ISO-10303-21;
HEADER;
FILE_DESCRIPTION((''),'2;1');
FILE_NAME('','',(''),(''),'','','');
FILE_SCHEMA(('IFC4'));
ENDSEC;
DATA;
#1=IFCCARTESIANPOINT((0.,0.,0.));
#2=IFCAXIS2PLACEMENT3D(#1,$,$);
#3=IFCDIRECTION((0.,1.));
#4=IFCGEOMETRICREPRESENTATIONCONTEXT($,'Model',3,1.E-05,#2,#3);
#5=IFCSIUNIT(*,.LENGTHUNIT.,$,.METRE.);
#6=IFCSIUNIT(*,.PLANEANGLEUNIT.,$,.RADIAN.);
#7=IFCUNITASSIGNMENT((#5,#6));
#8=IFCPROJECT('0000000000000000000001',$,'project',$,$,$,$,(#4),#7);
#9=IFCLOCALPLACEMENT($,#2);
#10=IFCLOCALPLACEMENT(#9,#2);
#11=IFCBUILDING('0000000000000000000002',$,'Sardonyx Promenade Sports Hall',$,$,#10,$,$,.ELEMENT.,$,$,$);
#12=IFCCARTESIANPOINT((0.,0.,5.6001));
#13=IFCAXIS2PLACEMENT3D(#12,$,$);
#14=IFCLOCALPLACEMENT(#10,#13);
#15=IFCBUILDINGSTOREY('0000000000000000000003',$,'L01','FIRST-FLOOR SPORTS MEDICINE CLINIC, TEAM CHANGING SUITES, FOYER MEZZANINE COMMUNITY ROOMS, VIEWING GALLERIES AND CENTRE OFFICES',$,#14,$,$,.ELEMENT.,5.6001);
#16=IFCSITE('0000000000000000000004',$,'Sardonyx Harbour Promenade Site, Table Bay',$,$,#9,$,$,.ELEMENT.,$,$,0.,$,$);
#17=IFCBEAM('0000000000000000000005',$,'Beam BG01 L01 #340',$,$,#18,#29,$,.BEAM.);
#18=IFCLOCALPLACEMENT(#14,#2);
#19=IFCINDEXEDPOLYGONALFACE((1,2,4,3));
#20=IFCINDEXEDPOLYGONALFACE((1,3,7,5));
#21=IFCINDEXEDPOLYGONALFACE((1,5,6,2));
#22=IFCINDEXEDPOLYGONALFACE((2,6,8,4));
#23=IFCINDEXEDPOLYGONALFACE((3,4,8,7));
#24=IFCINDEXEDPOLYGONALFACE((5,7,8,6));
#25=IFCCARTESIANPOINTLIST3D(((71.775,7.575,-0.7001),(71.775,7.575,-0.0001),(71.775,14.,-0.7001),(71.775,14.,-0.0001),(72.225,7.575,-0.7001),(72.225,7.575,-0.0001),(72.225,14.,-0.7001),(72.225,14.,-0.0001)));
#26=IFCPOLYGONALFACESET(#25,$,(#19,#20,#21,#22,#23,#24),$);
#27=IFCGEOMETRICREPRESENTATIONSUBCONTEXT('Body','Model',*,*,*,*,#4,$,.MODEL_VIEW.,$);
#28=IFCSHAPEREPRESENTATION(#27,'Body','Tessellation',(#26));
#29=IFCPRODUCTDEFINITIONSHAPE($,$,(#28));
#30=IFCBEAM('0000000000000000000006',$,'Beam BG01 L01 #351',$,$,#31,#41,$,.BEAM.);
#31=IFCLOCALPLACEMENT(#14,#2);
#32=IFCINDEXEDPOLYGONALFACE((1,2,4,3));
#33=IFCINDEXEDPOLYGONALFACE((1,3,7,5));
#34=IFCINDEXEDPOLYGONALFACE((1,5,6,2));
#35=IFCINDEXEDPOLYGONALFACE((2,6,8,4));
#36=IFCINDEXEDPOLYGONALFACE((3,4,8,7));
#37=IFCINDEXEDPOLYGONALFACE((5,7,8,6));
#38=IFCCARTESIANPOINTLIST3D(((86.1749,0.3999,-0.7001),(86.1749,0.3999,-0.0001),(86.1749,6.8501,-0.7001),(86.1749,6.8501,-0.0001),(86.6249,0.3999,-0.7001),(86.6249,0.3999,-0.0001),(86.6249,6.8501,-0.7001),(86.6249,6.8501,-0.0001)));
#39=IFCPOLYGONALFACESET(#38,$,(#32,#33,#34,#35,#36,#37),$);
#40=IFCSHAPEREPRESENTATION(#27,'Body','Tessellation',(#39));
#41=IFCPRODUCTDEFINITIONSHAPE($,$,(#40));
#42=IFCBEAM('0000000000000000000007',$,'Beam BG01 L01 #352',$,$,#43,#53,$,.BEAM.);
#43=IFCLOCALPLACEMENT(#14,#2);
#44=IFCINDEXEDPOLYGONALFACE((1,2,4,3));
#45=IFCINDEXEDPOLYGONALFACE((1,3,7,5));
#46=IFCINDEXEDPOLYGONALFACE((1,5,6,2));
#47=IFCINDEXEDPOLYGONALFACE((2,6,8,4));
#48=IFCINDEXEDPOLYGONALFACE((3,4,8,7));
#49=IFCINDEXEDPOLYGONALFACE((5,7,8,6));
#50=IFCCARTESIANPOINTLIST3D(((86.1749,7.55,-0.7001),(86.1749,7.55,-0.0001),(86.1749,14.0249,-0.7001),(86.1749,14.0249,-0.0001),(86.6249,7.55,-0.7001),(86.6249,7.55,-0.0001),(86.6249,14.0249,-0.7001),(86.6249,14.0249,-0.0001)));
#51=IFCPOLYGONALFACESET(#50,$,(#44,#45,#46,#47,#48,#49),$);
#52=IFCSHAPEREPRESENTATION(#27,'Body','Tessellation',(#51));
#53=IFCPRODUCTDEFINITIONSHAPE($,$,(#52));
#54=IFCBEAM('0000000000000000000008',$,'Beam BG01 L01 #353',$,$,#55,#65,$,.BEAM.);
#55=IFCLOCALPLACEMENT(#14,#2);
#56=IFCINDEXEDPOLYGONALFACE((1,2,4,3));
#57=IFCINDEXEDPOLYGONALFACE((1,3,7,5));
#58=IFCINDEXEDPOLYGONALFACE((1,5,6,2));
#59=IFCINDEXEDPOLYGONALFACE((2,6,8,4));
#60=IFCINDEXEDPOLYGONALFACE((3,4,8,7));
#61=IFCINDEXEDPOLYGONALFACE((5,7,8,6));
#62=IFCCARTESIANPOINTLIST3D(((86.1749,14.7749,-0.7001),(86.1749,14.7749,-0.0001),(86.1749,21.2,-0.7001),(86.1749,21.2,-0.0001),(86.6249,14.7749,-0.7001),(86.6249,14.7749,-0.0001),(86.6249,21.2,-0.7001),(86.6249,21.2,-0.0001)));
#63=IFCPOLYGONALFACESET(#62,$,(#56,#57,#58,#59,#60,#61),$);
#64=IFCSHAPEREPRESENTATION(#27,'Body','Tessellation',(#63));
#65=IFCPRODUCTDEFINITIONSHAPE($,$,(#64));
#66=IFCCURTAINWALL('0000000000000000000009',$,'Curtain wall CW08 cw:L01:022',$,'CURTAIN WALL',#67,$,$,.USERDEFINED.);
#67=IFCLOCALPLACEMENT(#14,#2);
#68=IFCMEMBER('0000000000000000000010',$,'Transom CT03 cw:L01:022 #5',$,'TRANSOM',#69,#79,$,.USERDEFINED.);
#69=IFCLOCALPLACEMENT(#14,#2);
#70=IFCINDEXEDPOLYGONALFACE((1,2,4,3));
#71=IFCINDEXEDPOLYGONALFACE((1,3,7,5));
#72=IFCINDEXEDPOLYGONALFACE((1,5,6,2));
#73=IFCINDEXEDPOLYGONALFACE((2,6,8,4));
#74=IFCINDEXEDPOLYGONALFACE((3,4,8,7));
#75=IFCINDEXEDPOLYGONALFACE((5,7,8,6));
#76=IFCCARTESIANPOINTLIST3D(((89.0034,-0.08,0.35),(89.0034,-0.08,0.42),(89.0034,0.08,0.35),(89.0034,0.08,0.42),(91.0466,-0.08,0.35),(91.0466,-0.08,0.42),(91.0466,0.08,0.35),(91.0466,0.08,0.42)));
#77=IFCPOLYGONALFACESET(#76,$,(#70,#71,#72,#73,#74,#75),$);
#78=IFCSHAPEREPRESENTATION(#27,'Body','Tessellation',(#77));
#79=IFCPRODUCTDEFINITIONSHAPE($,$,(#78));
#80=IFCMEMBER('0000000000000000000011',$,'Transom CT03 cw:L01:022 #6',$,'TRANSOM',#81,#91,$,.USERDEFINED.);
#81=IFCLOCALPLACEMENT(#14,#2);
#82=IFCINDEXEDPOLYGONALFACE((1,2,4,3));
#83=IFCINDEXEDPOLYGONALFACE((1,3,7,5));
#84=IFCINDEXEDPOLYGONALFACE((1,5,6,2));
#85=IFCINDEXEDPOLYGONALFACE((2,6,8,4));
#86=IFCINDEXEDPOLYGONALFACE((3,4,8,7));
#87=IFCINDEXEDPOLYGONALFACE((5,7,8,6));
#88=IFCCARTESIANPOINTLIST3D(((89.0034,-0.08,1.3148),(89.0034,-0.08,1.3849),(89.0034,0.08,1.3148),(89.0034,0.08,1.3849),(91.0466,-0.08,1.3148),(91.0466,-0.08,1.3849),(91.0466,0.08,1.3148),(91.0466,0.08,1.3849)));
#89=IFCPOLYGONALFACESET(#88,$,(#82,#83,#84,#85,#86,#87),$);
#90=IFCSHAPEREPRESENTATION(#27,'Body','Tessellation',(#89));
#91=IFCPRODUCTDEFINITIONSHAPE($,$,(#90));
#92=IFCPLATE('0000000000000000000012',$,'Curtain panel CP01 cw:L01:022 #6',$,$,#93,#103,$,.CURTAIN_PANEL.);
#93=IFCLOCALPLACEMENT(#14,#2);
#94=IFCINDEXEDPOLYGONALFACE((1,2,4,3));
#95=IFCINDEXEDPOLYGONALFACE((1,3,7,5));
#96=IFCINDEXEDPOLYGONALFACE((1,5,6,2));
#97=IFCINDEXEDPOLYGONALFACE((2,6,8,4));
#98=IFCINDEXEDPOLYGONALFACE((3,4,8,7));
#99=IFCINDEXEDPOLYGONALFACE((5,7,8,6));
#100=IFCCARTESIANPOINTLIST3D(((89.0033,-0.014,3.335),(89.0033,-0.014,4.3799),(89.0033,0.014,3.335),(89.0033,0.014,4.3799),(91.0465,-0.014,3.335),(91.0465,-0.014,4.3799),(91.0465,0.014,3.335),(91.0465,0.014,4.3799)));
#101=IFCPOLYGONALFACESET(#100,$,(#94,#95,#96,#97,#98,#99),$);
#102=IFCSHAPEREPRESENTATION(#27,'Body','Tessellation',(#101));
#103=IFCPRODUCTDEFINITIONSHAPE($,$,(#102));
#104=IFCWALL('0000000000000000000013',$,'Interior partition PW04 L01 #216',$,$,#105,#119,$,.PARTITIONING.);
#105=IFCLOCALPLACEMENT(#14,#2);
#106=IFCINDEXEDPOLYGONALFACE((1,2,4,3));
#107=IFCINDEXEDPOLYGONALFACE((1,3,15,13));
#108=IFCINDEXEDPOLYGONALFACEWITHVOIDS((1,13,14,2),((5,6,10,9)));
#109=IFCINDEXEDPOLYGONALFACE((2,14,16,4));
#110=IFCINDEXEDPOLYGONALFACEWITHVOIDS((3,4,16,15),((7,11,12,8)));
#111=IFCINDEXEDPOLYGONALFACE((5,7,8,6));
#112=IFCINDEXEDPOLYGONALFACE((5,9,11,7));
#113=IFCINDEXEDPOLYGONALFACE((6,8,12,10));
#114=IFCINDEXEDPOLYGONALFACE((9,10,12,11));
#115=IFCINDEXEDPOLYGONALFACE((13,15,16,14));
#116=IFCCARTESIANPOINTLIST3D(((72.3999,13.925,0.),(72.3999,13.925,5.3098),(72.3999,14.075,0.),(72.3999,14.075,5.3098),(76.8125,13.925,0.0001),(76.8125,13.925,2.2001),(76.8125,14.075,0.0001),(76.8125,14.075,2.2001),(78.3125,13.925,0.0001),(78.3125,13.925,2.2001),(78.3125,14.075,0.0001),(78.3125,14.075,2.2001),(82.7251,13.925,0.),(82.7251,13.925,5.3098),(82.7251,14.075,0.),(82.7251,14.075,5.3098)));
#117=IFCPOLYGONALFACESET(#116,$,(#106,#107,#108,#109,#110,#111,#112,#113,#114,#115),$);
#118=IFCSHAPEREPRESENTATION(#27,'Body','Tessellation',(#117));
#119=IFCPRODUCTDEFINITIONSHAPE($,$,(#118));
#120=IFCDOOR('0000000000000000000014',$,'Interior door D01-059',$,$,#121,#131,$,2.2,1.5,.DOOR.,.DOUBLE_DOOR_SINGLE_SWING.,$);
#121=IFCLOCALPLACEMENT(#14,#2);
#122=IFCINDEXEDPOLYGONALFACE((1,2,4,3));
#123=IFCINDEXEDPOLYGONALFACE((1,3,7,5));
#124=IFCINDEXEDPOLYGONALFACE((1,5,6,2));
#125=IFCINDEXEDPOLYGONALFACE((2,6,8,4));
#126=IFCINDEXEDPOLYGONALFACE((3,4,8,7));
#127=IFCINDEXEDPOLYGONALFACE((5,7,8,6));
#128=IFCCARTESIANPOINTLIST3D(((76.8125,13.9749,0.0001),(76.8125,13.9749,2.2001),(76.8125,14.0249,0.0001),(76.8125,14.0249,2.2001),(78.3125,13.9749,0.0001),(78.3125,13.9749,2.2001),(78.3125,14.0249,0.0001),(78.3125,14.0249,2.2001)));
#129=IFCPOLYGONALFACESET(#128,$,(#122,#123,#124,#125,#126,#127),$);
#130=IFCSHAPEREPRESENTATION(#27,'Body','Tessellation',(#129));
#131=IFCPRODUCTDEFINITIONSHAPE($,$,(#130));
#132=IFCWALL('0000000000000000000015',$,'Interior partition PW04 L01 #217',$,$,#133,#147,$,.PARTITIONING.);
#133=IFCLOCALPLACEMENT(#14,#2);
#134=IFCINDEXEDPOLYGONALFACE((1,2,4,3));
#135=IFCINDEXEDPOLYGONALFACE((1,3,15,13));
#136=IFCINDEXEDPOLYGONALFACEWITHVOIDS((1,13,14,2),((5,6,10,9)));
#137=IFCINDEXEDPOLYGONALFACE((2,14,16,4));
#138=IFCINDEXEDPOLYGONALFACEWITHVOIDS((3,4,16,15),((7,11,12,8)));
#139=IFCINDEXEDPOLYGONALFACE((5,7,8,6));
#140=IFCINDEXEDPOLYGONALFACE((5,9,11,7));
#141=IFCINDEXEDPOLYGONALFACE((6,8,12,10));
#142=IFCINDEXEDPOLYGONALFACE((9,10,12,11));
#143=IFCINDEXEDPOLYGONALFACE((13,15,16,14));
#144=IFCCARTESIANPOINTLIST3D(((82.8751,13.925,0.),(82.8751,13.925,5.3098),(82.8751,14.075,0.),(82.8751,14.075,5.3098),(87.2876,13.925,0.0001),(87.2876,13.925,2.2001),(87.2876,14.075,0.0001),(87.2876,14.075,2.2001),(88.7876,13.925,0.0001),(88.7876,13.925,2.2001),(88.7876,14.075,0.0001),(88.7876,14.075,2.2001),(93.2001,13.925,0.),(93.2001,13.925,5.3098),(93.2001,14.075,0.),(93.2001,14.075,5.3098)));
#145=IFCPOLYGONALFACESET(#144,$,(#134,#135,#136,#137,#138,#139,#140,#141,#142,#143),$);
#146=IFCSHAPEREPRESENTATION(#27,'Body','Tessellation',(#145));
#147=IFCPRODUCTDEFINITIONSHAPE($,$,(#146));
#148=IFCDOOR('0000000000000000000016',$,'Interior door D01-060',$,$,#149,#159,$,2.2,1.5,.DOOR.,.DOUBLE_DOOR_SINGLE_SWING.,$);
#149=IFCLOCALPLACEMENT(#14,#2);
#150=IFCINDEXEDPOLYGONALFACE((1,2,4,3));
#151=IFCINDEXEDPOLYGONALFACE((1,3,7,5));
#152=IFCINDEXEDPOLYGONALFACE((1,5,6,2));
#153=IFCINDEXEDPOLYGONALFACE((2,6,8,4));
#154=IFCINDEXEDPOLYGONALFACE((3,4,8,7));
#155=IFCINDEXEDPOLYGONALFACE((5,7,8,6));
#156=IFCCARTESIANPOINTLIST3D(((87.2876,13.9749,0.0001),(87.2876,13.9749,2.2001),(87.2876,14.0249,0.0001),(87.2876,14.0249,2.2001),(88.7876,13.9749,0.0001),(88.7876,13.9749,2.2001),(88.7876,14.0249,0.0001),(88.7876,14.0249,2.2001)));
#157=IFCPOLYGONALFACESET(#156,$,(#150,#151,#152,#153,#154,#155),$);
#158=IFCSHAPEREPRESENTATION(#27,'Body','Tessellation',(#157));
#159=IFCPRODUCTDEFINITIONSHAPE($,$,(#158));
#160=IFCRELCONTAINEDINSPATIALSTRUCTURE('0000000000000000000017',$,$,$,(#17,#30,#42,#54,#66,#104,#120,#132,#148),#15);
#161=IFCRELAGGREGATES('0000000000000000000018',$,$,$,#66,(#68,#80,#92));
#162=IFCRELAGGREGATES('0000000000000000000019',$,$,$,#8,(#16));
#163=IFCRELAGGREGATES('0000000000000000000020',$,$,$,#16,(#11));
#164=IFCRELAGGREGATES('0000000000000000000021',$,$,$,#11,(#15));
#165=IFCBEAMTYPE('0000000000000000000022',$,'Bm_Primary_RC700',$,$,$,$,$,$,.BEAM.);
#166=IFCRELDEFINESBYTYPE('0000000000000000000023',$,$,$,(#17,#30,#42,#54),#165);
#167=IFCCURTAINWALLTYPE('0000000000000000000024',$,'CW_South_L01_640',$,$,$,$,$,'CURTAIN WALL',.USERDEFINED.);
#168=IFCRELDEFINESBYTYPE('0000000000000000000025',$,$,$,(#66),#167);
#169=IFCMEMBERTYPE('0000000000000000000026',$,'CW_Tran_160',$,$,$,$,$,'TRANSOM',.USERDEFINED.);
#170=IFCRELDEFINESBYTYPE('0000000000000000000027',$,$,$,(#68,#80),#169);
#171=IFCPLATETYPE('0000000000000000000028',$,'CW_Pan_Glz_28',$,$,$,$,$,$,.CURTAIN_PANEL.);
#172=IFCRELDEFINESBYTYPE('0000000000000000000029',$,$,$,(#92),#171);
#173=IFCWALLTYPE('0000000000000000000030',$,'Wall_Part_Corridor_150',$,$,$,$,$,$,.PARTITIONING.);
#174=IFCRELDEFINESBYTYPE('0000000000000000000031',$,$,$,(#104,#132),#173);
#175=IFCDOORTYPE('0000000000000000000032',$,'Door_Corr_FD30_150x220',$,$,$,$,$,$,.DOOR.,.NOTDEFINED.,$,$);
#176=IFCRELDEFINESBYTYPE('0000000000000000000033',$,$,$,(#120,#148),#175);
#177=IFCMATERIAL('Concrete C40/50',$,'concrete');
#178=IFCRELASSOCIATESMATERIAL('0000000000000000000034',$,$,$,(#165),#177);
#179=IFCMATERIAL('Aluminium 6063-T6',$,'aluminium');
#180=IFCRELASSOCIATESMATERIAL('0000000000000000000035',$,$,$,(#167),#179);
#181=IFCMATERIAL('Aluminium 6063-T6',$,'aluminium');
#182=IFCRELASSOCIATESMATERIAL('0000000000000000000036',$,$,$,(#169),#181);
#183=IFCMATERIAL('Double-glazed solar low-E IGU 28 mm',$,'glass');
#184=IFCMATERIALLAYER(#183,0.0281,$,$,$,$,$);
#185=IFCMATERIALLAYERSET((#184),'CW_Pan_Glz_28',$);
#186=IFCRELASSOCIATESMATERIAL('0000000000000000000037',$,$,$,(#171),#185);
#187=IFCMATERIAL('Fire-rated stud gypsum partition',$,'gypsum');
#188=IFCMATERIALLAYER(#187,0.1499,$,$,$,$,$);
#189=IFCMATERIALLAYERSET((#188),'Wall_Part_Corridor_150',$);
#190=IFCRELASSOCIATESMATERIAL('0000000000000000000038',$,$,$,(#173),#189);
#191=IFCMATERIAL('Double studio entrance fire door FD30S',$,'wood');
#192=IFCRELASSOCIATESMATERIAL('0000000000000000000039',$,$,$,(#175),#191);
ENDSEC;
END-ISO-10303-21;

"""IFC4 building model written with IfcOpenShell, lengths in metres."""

from ifc_helpers import new_model, si_unit, direction, frame, frame_2d, origin, origin_2d, place, context, subcontext, project, spatial, rectangle, extrude, material, layer, layer_set, material_profile, profile_set, type_object, element, fill, aggregate, save


model = new_model("IFC4")

# Units and contexts
model_context = context("Model", 3, precision=1e-05, world=origin(), true_north=direction((0.0, 1.0)))
body_context = subcontext(model_context, "Body", "Model", "MODEL_VIEW")
ifc_project = project(units=[si_unit("LENGTHUNIT", "METRE"), si_unit("PLANEANGLEUNIT", "RADIAN")], contexts=[model_context])

# Site, building, storey
site_placement = place(None, origin())
site = spatial("IfcSite", under=ifc_project, at=site_placement, Name="Sardonyx Harbour Promenade Site, Table Bay", CompositionType="ELEMENT", RefElevation=0.0)
building_placement = place(site_placement, origin())
building = spatial("IfcBuilding", under=site, at=building_placement, Name="Sardonyx Promenade Sports Hall", CompositionType="ELEMENT")
storey_placement = place(building_placement, frame((0.0, 0.0, 5.6001)))
storey = spatial("IfcBuildingStorey", under=building, at=storey_placement, Name="L01", Description="FIRST-FLOOR SPORTS MEDICINE CLINIC, TEAM CHANGING SUITES, FOYER MEZZANINE COMMUNITY ROOMS, VIEWING GALLERIES AND CENTRE OFFICES", CompositionType="ELEMENT", Elevation=5.6001)

# Beams
ifc_material_1 = material(Name="Concrete C40/50", Category="concrete")
ifc_material_profile_1 = material_profile(ifc_material_1, rectangle(XDim=0.45, YDim=0.7, at=origin_2d()))
ifc_profile_set_1 = profile_set([ifc_material_profile_1], Name="Concrete C40/50")
beam_type_1 = type_object("IfcBeamType", Name="Bm_Primary_RC700", PredefinedType="BEAM", material=ifc_profile_set_1)
beam_1_placement = place(storey_placement, frame((72.0, 7.575, -0.3501), z_axis=(0.0, 1.0, 0.0), x_axis=(-1.0, 0.0, 0.0)))
element("IfcBeam", 1, at=beam_1_placement, inside=storey, type_object=beam_type_1, Name="Beam BG01 L01 #340", PredefinedType="BEAM", context=body_context, shape_type="SweptSolid", body=[
    extrude(rectangle(XDim=0.45, YDim=0.7, at=origin_2d()), origin(), (0.0, 0.0, 1.0), 6.425),
])
beam_2_placement = place(storey_placement, frame((86.3999, 0.3999, -0.3501), z_axis=(0.0, 1.0, 0.0), x_axis=(-1.0, 0.0, 0.0)))
element("IfcBeam", 2, at=beam_2_placement, inside=storey, type_object=beam_type_1, Name="Beam BG01 L01 #351", PredefinedType="BEAM", context=body_context, shape_type="SweptSolid", body=[
    extrude(rectangle(XDim=0.45, YDim=0.7, at=origin_2d()), origin(), (0.0, 0.0, 1.0), 6.4502),
])
beam_3_placement = place(storey_placement, frame((86.3999, 7.55, -0.3501), z_axis=(0.0, 1.0, 0.0), x_axis=(-1.0, 0.0, 0.0)))
element("IfcBeam", 3, at=beam_3_placement, inside=storey, type_object=beam_type_1, Name="Beam BG01 L01 #352", PredefinedType="BEAM", context=body_context, shape_type="SweptSolid", body=[
    extrude(rectangle(XDim=0.45, YDim=0.7, at=origin_2d()), origin(), (0.0, 0.0, 1.0), 6.4749),
])
beam_4_placement = place(storey_placement, frame((86.3999, 14.7749, -0.3501), z_axis=(0.0, 1.0, 0.0), x_axis=(-1.0, 0.0, 0.0)))
element("IfcBeam", 4, at=beam_4_placement, inside=storey, type_object=beam_type_1, Name="Beam BG01 L01 #353", PredefinedType="BEAM", context=body_context, shape_type="SweptSolid", body=[
    extrude(rectangle(XDim=0.45, YDim=0.7, at=origin_2d()), origin(), (0.0, 0.0, 1.0), 6.425),
])

# Curtain wall, members, plate
ifc_material_2 = material(Name="Aluminium 6063-T6", Category="aluminium")
curtain_wall_type = type_object("IfcCurtainWallType", Name="CW_South_L01_640", ElementType="CURTAIN WALL", PredefinedType="USERDEFINED", material=ifc_material_2)
curtain_wall_placement = place(storey_placement, origin())
curtain_wall = element("IfcCurtainWall", 5, at=curtain_wall_placement, inside=storey, type_object=curtain_wall_type, Name="Curtain wall CW08 cw:L01:022", ObjectType="CURTAIN WALL", PredefinedType="USERDEFINED")
ifc_material_3 = material(Name="Aluminium 6063-T6", Category="aluminium")
ifc_material_profile_2 = material_profile(ifc_material_3, rectangle(XDim=0.0701, YDim=0.1599, at=origin_2d()))
ifc_profile_set_2 = profile_set([ifc_material_profile_2], Name="Aluminium 6063-T6")
member_type = type_object("IfcMemberType", Name="CW_Tran_160", ElementType="TRANSOM", PredefinedType="USERDEFINED", material=ifc_profile_set_2)
member_1_placement = place(storey_placement, frame((91.0466, 0.0, 0.385), z_axis=(-1.0, 0.0, 0.0), x_axis=(0.0, 0.0, 1.0)))
member_1 = element("IfcMember", 6, at=member_1_placement, type_object=member_type, Name="Transom CT03 cw:L01:022 #5", ObjectType="TRANSOM", PredefinedType="USERDEFINED", context=body_context, shape_type="SweptSolid", body=[
    extrude(rectangle(XDim=0.0701, YDim=0.1599, at=origin_2d()), origin(), (0.0, 0.0, 1.0), 2.0432),
])
member_2_placement = place(storey_placement, frame((91.0466, 0.0, 1.3499), z_axis=(-1.0, 0.0, 0.0), x_axis=(0.0, 0.0, 1.0)))
member_2 = element("IfcMember", 7, at=member_2_placement, type_object=member_type, Name="Transom CT03 cw:L01:022 #6", ObjectType="TRANSOM", PredefinedType="USERDEFINED", context=body_context, shape_type="SweptSolid", body=[
    extrude(rectangle(XDim=0.0701, YDim=0.1599, at=origin_2d()), origin(), (0.0, 0.0, 1.0), 2.0432),
])
ifc_material_4 = material(Name="Double-glazed solar low-E IGU 28 mm", Category="glass")
ifc_layer_1 = layer(ifc_material_4, 0.0281)
ifc_layer_set_1 = layer_set([ifc_layer_1], Name="CW_Pan_Glz_28")
plate_type = type_object("IfcPlateType", Name="CW_Pan_Glz_28", PredefinedType="CURTAIN_PANEL", material=ifc_layer_set_1)
plate_placement = place(storey_placement, frame((90.0249, 0.0, 3.335), z_axis=(0.0, 0.0, 1.0), x_axis=(-1.0, 0.0, 0.0)))
plate = element("IfcPlate", 8, at=plate_placement, type_object=plate_type, Name="Curtain panel CP01 cw:L01:022 #6", PredefinedType="CURTAIN_PANEL", context=body_context, shape_type="SweptSolid", body=[
    extrude(rectangle(XDim=2.0432, YDim=0.0281, at=origin_2d()), origin(), (0.0, 0.0, 1.0), 1.0449),
])
aggregate(curtain_wall, [member_1, member_2, plate])

# Walls, openings, doors
ifc_material_5 = material(Name="Fire-rated stud gypsum partition", Category="gypsum")
ifc_layer_2 = layer(ifc_material_5, 0.1499)
ifc_layer_set_2 = layer_set([ifc_layer_2], Name="Wall_Part_Corridor_150")
wall_type_1 = type_object("IfcWallType", Name="Wall_Part_Corridor_150", PredefinedType="PARTITIONING", material=ifc_layer_set_2)
wall_1_placement = place(storey_placement, frame((72.3999, 14.0, 0.0), z_axis=(0.0, 0.0, 1.0), x_axis=(1.0, 0.0, 0.0)))
wall_1 = element("IfcWall", 9, at=wall_1_placement, inside=storey, type_object=wall_type_1, Name="Interior partition PW04 L01 #216", PredefinedType="PARTITIONING", context=body_context, shape_type="SweptSolid", body=[
    extrude(rectangle(XDim=10.3252, YDim=0.1499, at=frame_2d((5.1626, 0.0))), origin(), (0.0, 0.0, 1.0), 5.3098),
])
opening_1_placement = place(wall_1_placement, frame((4.4126, 0.0, 0.0)))
opening_1 = element("IfcOpeningElement", 10, at=opening_1_placement, cuts=wall_1, PredefinedType="OPENING", context=body_context, shape_type="SweptSolid", body=[
    extrude(rectangle(XDim=1.5, YDim=2.2, at=frame_2d((0.75, 1.1001))), frame((0.0, 0.085, 0.0), z_axis=(0.0, -1.0, 0.0), x_axis=(1.0, 0.0, 0.0)), (0.0, 0.0, 1.0), 0.17),
])
ifc_material_6 = material(Name="Double studio entrance fire door FD30S", Category="wood")
door_type_1 = type_object("IfcDoorType", Name="Door_Corr_FD30_150x220", OperationType="NOTDEFINED", PredefinedType="DOOR", material=ifc_material_6)
door_1_placement = place(opening_1_placement, origin())
door_1 = element("IfcDoor", 11, at=door_1_placement, inside=storey, type_object=door_type_1, Name="Interior door D01-059", OperationType="DOUBLE_DOOR_SINGLE_SWING", OverallHeight=2.2, OverallWidth=1.5, PredefinedType="DOOR", context=body_context, shape_type="SweptSolid", body=[
    extrude(rectangle(XDim=1.5, YDim=2.2, at=frame_2d((0.75, 1.1001))), frame((0.0, 0.0249, 0.0), z_axis=(0.0, -1.0, 0.0), x_axis=(1.0, 0.0, 0.0)), (0.0, 0.0, 1.0), 0.05),
])
fill(opening_1, door_1)
wall_2_placement = place(storey_placement, frame((82.875, 14.0, 0.0), z_axis=(0.0, 0.0, 1.0), x_axis=(1.0, 0.0, 0.0)))
wall_2 = element("IfcWall", 12, at=wall_2_placement, inside=storey, type_object=wall_type_1, Name="Interior partition PW04 L01 #217", PredefinedType="PARTITIONING", context=body_context, shape_type="SweptSolid", body=[
    extrude(rectangle(XDim=10.325, YDim=0.1499, at=frame_2d((5.1626, 0.0))), origin(), (0.0, 0.0, 1.0), 5.3098),
])
opening_2_placement = place(wall_2_placement, frame((4.4126, 0.0, 0.0)))
opening_2 = element("IfcOpeningElement", 13, at=opening_2_placement, cuts=wall_2, PredefinedType="OPENING", context=body_context, shape_type="SweptSolid", body=[
    extrude(rectangle(XDim=1.5, YDim=2.2, at=frame_2d((0.75, 1.1001))), frame((0.0, 0.085, 0.0), z_axis=(0.0, -1.0, 0.0), x_axis=(1.0, 0.0, 0.0)), (0.0, 0.0, 1.0), 0.17),
])
door_2_placement = place(opening_2_placement, origin())
door_2 = element("IfcDoor", 14, at=door_2_placement, inside=storey, type_object=door_type_1, Name="Interior door D01-060", OperationType="DOUBLE_DOOR_SINGLE_SWING", OverallHeight=2.2, OverallWidth=1.5, PredefinedType="DOOR", context=body_context, shape_type="SweptSolid", body=[
    extrude(rectangle(XDim=1.5, YDim=2.2, at=frame_2d((0.75, 1.1001))), frame((0.0, 0.0249, 0.0), z_axis=(0.0, -1.0, 0.0), x_axis=(1.0, 0.0, 0.0)), (0.0, 0.0, 1.0), 0.05),
])
fill(opening_2, door_2)

save(model, "model.ifc")
